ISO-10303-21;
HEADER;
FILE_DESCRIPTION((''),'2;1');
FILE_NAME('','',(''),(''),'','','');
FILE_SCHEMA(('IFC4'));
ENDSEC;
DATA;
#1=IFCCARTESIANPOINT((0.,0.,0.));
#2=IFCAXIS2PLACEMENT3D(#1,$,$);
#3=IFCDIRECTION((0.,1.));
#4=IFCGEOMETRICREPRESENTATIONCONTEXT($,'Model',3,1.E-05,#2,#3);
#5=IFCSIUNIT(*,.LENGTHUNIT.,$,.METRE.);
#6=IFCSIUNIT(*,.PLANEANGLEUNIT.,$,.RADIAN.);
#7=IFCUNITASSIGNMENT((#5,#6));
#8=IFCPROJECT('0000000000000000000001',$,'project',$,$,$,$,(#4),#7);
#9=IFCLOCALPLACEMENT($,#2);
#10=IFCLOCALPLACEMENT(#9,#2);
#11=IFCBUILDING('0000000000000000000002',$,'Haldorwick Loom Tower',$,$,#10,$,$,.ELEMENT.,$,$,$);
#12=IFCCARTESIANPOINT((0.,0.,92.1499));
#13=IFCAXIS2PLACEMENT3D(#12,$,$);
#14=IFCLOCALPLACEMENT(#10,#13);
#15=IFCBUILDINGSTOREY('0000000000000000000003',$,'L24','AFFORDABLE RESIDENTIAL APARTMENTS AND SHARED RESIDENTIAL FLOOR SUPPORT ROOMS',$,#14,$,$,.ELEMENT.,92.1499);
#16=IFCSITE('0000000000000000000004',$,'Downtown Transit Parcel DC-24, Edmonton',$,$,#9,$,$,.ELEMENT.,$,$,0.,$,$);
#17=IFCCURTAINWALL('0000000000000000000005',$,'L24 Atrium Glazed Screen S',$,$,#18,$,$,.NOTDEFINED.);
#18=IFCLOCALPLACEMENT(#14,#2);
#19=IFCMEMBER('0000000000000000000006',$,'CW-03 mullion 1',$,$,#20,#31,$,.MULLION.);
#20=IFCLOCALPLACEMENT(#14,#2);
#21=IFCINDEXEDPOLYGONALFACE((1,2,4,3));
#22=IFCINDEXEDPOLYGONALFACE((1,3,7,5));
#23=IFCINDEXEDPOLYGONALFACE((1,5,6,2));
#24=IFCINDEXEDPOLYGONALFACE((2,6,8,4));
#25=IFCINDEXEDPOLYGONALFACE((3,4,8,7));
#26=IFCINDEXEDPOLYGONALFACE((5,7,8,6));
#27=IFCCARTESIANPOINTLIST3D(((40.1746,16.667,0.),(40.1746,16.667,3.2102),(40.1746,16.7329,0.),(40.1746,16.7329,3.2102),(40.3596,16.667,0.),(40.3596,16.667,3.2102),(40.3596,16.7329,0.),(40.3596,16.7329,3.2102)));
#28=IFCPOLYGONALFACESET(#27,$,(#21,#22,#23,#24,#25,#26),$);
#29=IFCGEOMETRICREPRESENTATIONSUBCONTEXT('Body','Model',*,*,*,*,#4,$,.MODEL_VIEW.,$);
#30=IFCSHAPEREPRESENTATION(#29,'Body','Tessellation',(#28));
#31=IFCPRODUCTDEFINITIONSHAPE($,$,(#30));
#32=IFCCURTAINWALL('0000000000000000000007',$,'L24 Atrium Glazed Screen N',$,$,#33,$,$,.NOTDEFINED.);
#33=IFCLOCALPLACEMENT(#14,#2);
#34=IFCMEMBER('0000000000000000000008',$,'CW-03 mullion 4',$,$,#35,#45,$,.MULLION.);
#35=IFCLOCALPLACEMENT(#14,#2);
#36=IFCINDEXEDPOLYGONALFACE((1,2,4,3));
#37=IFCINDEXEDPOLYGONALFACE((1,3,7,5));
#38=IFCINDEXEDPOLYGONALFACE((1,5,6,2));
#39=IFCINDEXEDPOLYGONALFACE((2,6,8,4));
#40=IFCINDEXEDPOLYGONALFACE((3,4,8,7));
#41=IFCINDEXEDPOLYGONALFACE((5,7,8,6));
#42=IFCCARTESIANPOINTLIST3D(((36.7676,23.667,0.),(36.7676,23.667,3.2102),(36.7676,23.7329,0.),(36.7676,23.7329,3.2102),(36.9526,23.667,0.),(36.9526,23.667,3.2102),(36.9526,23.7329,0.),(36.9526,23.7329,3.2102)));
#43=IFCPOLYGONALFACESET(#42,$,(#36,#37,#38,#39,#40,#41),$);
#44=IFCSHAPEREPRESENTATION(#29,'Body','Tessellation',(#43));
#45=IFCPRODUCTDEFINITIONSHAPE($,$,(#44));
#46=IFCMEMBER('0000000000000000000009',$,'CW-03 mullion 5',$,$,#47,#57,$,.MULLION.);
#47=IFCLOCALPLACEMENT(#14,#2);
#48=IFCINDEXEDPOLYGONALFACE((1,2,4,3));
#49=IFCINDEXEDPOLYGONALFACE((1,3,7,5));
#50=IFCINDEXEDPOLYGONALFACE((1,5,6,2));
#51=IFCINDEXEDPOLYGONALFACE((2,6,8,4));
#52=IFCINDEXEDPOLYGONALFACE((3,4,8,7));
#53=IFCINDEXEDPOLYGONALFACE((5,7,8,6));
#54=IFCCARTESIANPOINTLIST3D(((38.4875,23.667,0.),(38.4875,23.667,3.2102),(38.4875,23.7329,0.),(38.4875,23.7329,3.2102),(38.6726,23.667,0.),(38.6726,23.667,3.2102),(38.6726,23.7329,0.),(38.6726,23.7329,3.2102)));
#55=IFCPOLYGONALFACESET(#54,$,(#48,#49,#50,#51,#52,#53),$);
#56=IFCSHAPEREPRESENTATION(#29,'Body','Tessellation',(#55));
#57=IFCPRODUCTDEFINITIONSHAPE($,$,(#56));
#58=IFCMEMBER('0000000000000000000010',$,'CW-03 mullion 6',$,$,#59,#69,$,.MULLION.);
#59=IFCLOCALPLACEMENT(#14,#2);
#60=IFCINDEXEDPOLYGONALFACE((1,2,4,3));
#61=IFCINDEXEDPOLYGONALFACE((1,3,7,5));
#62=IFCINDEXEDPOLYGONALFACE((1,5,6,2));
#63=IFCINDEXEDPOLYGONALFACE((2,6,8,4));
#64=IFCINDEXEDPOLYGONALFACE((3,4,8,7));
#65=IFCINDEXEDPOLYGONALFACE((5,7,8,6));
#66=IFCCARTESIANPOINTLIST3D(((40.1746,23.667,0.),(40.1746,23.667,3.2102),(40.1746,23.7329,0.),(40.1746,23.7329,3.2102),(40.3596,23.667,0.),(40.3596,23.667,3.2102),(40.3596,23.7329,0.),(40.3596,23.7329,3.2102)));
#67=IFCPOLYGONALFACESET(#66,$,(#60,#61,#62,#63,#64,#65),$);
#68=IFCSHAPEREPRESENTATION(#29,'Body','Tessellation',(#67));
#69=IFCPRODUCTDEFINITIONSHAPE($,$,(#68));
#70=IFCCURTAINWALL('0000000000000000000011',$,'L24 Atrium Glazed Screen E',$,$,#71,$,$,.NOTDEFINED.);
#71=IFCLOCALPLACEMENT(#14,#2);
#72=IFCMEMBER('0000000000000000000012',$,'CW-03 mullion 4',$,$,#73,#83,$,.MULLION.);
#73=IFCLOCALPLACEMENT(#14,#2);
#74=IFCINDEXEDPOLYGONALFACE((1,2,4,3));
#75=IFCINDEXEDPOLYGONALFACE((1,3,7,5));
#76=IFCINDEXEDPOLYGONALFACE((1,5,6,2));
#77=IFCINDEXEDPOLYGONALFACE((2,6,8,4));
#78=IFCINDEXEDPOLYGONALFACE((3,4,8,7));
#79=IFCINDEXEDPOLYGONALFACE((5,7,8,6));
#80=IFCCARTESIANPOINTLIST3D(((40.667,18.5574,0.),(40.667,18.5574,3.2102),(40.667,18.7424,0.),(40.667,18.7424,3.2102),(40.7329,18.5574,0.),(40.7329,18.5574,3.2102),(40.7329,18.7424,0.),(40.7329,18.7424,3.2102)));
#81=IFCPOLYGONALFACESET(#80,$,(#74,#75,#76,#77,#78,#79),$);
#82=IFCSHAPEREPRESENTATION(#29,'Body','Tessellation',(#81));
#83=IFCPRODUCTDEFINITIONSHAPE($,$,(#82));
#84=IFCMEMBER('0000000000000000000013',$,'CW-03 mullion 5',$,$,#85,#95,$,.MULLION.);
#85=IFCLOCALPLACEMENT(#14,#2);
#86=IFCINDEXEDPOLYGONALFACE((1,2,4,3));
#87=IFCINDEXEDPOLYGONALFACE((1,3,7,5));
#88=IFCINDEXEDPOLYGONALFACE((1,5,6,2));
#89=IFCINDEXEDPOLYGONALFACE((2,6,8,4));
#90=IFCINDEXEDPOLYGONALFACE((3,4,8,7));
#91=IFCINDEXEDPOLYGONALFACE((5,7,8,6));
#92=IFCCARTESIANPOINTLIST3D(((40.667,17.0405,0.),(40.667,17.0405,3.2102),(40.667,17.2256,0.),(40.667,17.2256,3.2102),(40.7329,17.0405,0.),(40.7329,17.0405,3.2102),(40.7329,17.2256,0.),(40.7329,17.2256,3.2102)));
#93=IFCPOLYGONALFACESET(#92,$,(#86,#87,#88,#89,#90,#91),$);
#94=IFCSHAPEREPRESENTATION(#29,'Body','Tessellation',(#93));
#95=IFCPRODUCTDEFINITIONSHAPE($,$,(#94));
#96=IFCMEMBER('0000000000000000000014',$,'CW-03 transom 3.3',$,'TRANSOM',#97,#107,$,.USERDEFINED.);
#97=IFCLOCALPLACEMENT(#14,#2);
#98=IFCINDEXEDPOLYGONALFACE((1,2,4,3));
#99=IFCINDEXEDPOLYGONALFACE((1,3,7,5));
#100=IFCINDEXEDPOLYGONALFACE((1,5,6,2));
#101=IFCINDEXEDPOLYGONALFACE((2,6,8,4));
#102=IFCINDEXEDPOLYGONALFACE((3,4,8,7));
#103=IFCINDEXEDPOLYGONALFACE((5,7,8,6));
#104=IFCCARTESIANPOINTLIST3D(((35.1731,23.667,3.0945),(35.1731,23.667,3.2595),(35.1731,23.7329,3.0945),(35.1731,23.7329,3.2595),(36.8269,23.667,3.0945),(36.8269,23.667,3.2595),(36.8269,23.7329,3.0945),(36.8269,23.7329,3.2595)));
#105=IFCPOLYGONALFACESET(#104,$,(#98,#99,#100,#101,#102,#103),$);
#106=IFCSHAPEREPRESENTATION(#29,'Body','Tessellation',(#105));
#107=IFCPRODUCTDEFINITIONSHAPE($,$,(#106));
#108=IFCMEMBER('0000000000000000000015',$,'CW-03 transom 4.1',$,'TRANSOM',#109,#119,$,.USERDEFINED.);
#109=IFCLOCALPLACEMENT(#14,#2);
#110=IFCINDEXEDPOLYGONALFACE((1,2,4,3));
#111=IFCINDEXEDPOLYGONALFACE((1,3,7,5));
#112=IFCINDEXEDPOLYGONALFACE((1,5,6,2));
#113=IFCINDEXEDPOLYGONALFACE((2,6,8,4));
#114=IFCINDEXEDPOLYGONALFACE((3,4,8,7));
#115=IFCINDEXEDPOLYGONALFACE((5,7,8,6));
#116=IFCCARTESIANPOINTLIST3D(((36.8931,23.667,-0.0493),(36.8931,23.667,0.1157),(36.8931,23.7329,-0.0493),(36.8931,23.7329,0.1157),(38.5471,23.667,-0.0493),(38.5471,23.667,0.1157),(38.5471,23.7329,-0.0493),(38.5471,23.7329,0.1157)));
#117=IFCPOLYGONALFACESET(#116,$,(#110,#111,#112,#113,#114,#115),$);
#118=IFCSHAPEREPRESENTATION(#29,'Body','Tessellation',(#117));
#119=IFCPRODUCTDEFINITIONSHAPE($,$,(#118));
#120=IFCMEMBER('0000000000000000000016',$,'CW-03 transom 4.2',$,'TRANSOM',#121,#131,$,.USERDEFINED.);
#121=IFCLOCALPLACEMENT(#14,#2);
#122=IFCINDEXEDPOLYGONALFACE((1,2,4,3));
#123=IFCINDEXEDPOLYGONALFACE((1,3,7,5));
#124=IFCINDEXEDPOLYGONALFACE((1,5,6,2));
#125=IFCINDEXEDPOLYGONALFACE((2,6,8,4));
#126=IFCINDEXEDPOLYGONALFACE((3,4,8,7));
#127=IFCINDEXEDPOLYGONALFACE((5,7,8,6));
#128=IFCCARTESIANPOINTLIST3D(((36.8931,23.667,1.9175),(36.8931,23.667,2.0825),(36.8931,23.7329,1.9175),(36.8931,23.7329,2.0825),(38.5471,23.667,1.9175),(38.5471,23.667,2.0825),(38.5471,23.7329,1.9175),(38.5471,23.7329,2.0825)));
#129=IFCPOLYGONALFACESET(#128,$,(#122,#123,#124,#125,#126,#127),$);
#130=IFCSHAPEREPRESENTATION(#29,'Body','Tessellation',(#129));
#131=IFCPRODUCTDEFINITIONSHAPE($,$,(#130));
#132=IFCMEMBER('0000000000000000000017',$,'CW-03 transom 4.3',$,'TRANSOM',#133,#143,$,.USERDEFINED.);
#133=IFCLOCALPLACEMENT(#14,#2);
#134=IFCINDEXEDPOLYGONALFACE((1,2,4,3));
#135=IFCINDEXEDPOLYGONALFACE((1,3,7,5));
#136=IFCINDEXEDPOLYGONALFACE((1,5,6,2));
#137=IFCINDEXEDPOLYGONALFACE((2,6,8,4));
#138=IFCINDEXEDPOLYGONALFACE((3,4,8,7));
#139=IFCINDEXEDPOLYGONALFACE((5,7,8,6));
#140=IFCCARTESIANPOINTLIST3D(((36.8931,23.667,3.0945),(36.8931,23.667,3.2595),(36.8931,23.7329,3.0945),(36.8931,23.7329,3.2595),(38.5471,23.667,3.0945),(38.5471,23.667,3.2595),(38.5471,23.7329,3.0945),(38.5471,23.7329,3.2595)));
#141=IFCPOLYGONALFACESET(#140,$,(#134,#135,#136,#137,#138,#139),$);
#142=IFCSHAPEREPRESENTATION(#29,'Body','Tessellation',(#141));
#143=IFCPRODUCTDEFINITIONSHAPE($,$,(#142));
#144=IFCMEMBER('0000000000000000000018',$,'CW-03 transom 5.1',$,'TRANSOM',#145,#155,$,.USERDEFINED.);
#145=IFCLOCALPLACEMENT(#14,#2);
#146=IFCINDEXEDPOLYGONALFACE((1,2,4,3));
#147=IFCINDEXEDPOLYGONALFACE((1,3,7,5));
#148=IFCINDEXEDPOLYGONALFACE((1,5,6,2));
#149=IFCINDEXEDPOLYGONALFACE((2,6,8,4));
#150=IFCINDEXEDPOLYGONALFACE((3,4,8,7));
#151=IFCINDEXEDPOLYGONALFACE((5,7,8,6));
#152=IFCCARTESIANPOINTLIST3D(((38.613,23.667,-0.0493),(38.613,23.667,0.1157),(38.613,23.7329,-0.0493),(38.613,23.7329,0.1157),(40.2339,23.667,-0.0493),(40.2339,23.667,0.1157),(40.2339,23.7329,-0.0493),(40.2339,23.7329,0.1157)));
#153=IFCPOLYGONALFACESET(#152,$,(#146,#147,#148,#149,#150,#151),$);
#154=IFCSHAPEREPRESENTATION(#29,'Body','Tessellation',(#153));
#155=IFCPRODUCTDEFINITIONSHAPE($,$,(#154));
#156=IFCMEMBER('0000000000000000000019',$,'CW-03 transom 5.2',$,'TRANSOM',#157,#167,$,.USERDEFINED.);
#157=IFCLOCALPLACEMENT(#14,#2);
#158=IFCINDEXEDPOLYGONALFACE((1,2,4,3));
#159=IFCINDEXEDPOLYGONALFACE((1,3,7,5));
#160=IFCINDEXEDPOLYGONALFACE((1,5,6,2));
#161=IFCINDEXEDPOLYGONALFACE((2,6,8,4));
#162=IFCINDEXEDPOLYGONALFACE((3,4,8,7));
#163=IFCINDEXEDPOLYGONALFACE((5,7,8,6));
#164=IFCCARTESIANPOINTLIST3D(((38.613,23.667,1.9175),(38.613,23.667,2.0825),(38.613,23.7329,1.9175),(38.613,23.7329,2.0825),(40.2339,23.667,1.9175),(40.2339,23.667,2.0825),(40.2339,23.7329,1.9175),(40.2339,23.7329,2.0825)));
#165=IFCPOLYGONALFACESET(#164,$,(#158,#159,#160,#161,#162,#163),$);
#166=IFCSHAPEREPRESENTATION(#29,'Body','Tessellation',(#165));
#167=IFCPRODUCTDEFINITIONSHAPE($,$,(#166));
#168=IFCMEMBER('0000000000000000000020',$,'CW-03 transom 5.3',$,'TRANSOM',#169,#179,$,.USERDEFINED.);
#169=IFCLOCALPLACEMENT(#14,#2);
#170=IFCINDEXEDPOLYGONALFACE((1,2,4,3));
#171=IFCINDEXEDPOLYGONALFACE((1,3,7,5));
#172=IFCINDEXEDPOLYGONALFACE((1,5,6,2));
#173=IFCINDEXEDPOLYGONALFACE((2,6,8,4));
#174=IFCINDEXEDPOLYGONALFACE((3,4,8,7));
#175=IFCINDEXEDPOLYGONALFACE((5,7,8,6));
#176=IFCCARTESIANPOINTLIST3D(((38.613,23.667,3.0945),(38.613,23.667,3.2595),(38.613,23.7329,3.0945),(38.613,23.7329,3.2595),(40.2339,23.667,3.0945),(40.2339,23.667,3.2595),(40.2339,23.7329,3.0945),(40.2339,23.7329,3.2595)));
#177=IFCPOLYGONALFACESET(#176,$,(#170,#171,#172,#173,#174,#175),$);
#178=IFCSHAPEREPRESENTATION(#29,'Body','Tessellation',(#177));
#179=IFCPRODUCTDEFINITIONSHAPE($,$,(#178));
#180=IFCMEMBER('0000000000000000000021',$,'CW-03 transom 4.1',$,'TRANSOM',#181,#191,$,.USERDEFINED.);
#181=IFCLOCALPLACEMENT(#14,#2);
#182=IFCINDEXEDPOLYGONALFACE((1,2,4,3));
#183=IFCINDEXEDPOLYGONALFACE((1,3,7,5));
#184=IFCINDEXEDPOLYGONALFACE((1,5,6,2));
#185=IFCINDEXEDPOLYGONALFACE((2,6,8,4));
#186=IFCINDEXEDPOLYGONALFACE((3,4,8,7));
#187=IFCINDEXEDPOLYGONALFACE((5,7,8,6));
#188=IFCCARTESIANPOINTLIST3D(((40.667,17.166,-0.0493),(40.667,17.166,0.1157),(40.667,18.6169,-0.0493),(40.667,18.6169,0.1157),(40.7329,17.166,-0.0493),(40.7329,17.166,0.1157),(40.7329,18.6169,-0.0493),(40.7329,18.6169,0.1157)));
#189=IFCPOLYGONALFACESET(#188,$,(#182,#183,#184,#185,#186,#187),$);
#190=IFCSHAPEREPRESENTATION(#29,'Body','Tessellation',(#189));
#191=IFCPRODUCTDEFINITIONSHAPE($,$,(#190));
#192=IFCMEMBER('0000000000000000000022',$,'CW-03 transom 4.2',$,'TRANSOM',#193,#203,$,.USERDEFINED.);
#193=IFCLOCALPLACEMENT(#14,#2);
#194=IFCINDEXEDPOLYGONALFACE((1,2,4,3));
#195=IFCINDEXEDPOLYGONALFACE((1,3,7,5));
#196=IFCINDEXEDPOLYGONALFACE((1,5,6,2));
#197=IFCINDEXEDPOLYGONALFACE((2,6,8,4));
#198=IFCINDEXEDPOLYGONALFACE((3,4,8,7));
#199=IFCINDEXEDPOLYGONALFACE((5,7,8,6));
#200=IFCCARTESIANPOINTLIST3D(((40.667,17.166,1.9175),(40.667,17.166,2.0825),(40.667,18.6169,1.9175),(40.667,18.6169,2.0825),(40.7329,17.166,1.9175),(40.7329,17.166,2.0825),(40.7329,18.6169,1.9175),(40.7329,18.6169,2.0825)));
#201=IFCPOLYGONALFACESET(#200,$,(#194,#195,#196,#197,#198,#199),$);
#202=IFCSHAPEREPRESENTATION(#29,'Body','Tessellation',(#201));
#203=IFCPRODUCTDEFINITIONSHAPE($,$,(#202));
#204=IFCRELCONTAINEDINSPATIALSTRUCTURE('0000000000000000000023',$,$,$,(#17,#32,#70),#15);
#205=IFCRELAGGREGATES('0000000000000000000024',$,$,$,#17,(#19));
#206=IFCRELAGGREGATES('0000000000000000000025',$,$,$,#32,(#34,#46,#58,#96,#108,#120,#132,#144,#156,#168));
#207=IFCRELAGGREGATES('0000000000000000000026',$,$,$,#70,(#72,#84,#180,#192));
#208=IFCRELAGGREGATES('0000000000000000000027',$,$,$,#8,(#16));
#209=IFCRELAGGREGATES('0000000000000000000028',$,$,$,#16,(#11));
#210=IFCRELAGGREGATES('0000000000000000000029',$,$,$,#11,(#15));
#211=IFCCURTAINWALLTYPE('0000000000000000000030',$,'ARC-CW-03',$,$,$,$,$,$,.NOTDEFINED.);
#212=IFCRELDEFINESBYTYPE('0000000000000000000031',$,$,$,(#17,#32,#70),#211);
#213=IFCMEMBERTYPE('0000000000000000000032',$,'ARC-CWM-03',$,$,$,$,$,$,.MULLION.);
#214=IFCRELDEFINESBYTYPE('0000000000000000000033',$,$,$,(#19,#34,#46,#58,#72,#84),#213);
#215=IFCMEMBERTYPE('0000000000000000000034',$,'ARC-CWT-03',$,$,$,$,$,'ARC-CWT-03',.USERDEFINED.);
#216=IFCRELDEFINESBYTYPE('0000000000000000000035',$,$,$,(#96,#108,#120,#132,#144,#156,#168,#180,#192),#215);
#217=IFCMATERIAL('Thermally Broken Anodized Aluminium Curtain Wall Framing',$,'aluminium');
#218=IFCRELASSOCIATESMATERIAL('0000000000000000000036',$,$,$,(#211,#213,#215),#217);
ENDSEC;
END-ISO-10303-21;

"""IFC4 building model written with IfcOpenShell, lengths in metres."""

from ifc_helpers import new_model, si_unit, direction, frame, origin, origin_2d, place, context, subcontext, project, spatial, rectangle, extrude, material, material_profile, profile_set, type_object, element, aggregate, save


model = new_model("IFC4")

# Units and contexts
model_context = context("Model", 3, precision=1e-05, world=origin(), true_north=direction((0.0, 1.0)))
body_context = subcontext(model_context, "Body", "Model", "MODEL_VIEW")
ifc_project = project(units=[si_unit("LENGTHUNIT", "METRE"), si_unit("PLANEANGLEUNIT", "RADIAN")], contexts=[model_context])

# Site, building, storey
site_placement = place(None, origin())
site = spatial("IfcSite", under=ifc_project, at=site_placement, Name="Downtown Transit Parcel DC-24, Edmonton", CompositionType="ELEMENT", RefElevation=0.0)
building_placement = place(site_placement, origin())
building = spatial("IfcBuilding", under=site, at=building_placement, Name="Haldorwick Loom Tower", CompositionType="ELEMENT")
storey_placement = place(building_placement, frame((0.0, 0.0, 92.1499)))
storey = spatial("IfcBuildingStorey", under=building, at=storey_placement, Name="L24", Description="AFFORDABLE RESIDENTIAL APARTMENTS AND SHARED RESIDENTIAL FLOOR SUPPORT ROOMS", CompositionType="ELEMENT", Elevation=92.1499)

# Curtain wall, member
ifc_material_1 = material(Name="Thermally Broken Anodized Aluminium Curtain Wall Framing", Category="aluminium")
curtain_wall_type = type_object("IfcCurtainWallType", Name="ARC-CW-03", PredefinedType="NOTDEFINED", material=ifc_material_1)
curtain_wall_1_placement = place(storey_placement, origin())
curtain_wall_1 = element("IfcCurtainWall", 1, at=curtain_wall_1_placement, inside=storey, type_object=curtain_wall_type, Name="L24 Atrium Glazed Screen S", PredefinedType="NOTDEFINED")
ifc_material_profile_1 = material_profile(ifc_material_1, rectangle(XDim=0.0659, YDim=0.1851, at=origin_2d()), Name="ALU_MUL_66X185", Category="aluminium")
ifc_profile_set_1 = profile_set([ifc_material_profile_1], Name="Thermally Broken Anodized Aluminium Curtain Wall Framing")
member_type_1 = type_object("IfcMemberType", Name="ARC-CWM-03", PredefinedType="MULLION", material=ifc_profile_set_1)
member_1_placement = place(storey_placement, frame((40.2671, 16.7, 0.0), z_axis=(0.0, 0.0, 1.0), x_axis=(0.0, -1.0, 0.0)))
member_1 = element("IfcMember", 2, at=member_1_placement, type_object=member_type_1, Name="CW-03 mullion 1", PredefinedType="MULLION", context=body_context, shape_type="SweptSolid", body=[
    extrude(rectangle(XDim=0.0659, YDim=0.1851, at=origin_2d()), origin(), (0.0, 0.0, 1.0), 3.2102),
])
aggregate(curtain_wall_1, [member_1])

# Curtain walls, members
curtain_wall_2_placement = place(storey_placement, origin())
curtain_wall_2 = element("IfcCurtainWall", 3, at=curtain_wall_2_placement, inside=storey, type_object=curtain_wall_type, Name="L24 Atrium Glazed Screen N", PredefinedType="NOTDEFINED")
member_2_placement = place(storey_placement, frame((36.8601, 23.7, 0.0), z_axis=(0.0, 0.0, 1.0), x_axis=(0.0, 1.0, 0.0)))
member_2 = element("IfcMember", 4, at=member_2_placement, type_object=member_type_1, Name="CW-03 mullion 4", PredefinedType="MULLION", context=body_context, shape_type="SweptSolid", body=[
    extrude(rectangle(XDim=0.0659, YDim=0.1851, at=origin_2d()), origin(), (0.0, 0.0, 1.0), 3.2102),
])
member_3_placement = place(storey_placement, frame((38.5801, 23.7, 0.0), z_axis=(0.0, 0.0, 1.0), x_axis=(0.0, 1.0, 0.0)))
member_3 = element("IfcMember", 5, at=member_3_placement, type_object=member_type_1, Name="CW-03 mullion 5", PredefinedType="MULLION", context=body_context, shape_type="SweptSolid", body=[
    extrude(rectangle(XDim=0.0659, YDim=0.1851, at=origin_2d()), origin(), (0.0, 0.0, 1.0), 3.2102),
])
member_4_placement = place(storey_placement, frame((40.2671, 23.7, 0.0), z_axis=(0.0, 0.0, 1.0), x_axis=(0.0, 1.0, 0.0)))
member_4 = element("IfcMember", 6, at=member_4_placement, type_object=member_type_1, Name="CW-03 mullion 6", PredefinedType="MULLION", context=body_context, shape_type="SweptSolid", body=[
    extrude(rectangle(XDim=0.0659, YDim=0.1851, at=origin_2d()), origin(), (0.0, 0.0, 1.0), 3.2102),
])
curtain_wall_3_placement = place(storey_placement, origin())
curtain_wall_3 = element("IfcCurtainWall", 7, at=curtain_wall_3_placement, inside=storey, type_object=curtain_wall_type, Name="L24 Atrium Glazed Screen E", PredefinedType="NOTDEFINED")
member_5_placement = place(storey_placement, frame((40.7, 18.6499, 0.0), z_axis=(0.0, 0.0, 1.0), x_axis=(1.0, 0.0, 0.0)))
member_5 = element("IfcMember", 8, at=member_5_placement, type_object=member_type_1, Name="CW-03 mullion 4", PredefinedType="MULLION", context=body_context, shape_type="SweptSolid", body=[
    extrude(rectangle(XDim=0.0659, YDim=0.1851, at=origin_2d()), origin(), (0.0, 0.0, 1.0), 3.2102),
])
member_6_placement = place(storey_placement, frame((40.7, 17.1331, 0.0), z_axis=(0.0, 0.0, 1.0), x_axis=(1.0, 0.0, 0.0)))
member_6 = element("IfcMember", 9, at=member_6_placement, type_object=member_type_1, Name="CW-03 mullion 5", PredefinedType="MULLION", context=body_context, shape_type="SweptSolid", body=[
    extrude(rectangle(XDim=0.0659, YDim=0.1851, at=origin_2d()), origin(), (0.0, 0.0, 1.0), 3.2102),
])

# Members
ifc_material_profile_2 = material_profile(ifc_material_1, rectangle(XDim=0.0659, YDim=0.165, at=origin_2d()), Name="ALU_TRN_66X165", Category="aluminium")
ifc_profile_set_2 = profile_set([ifc_material_profile_2], Name="Thermally Broken Anodized Aluminium Curtain Wall Framing")
member_type_2 = type_object("IfcMemberType", Name="ARC-CWT-03", ElementType="ARC-CWT-03", PredefinedType="USERDEFINED", material=ifc_profile_set_2)
member_7_placement = place(storey_placement, frame((35.1731, 23.7, 3.177), z_axis=(1.0, 0.0, 0.0), x_axis=(0.0, 1.0, 0.0)))
member_7 = element("IfcMember", 10, at=member_7_placement, type_object=member_type_2, Name="CW-03 transom 3.3", ObjectType="TRANSOM", PredefinedType="USERDEFINED", context=body_context, shape_type="SweptSolid", body=[
    extrude(rectangle(XDim=0.0659, YDim=0.165, at=origin_2d()), origin(), (0.0, 0.0, 1.0), 1.6538),
])
member_8_placement = place(storey_placement, frame((36.8931, 23.7, 0.0332), z_axis=(1.0, 0.0, 0.0), x_axis=(0.0, 1.0, 0.0)))
member_8 = element("IfcMember", 11, at=member_8_placement, type_object=member_type_2, Name="CW-03 transom 4.1", ObjectType="TRANSOM", PredefinedType="USERDEFINED", context=body_context, shape_type="SweptSolid", body=[
    extrude(rectangle(XDim=0.0659, YDim=0.165, at=origin_2d()), origin(), (0.0, 0.0, 1.0), 1.6541),
])
member_9_placement = place(storey_placement, frame((36.8931, 23.7, 2.0), z_axis=(1.0, 0.0, 0.0), x_axis=(0.0, 1.0, 0.0)))
member_9 = element("IfcMember", 12, at=member_9_placement, type_object=member_type_2, Name="CW-03 transom 4.2", ObjectType="TRANSOM", PredefinedType="USERDEFINED", context=body_context, shape_type="SweptSolid", body=[
    extrude(rectangle(XDim=0.0659, YDim=0.165, at=origin_2d()), origin(), (0.0, 0.0, 1.0), 1.6541),
])
member_10_placement = place(storey_placement, frame((36.8931, 23.7, 3.177), z_axis=(1.0, 0.0, 0.0), x_axis=(0.0, 1.0, 0.0)))
member_10 = element("IfcMember", 13, at=member_10_placement, type_object=member_type_2, Name="CW-03 transom 4.3", ObjectType="TRANSOM", PredefinedType="USERDEFINED", context=body_context, shape_type="SweptSolid", body=[
    extrude(rectangle(XDim=0.0659, YDim=0.165, at=origin_2d()), origin(), (0.0, 0.0, 1.0), 1.6541),
])
member_11_placement = place(storey_placement, frame((38.613, 23.7, 0.0332), z_axis=(1.0, 0.0, 0.0), x_axis=(0.0, 1.0, 0.0)))
member_11 = element("IfcMember", 14, at=member_11_placement, type_object=member_type_2, Name="CW-03 transom 5.1", ObjectType="TRANSOM", PredefinedType="USERDEFINED", context=body_context, shape_type="SweptSolid", body=[
    extrude(rectangle(XDim=0.0659, YDim=0.165, at=origin_2d()), origin(), (0.0, 0.0, 1.0), 1.6208),
])
member_12_placement = place(storey_placement, frame((38.613, 23.7, 2.0), z_axis=(1.0, 0.0, 0.0), x_axis=(0.0, 1.0, 0.0)))
member_12 = element("IfcMember", 15, at=member_12_placement, type_object=member_type_2, Name="CW-03 transom 5.2", ObjectType="TRANSOM", PredefinedType="USERDEFINED", context=body_context, shape_type="SweptSolid", body=[
    extrude(rectangle(XDim=0.0659, YDim=0.165, at=origin_2d()), origin(), (0.0, 0.0, 1.0), 1.6208),
])
member_13_placement = place(storey_placement, frame((38.613, 23.7, 3.177), z_axis=(1.0, 0.0, 0.0), x_axis=(0.0, 1.0, 0.0)))
member_13 = element("IfcMember", 16, at=member_13_placement, type_object=member_type_2, Name="CW-03 transom 5.3", ObjectType="TRANSOM", PredefinedType="USERDEFINED", context=body_context, shape_type="SweptSolid", body=[
    extrude(rectangle(XDim=0.0659, YDim=0.165, at=origin_2d()), origin(), (0.0, 0.0, 1.0), 1.6208),
])
member_14_placement = place(storey_placement, frame((40.7, 18.6169, 0.0332), z_axis=(0.0, -1.0, 0.0), x_axis=(1.0, 0.0, 0.0)))
member_14 = element("IfcMember", 17, at=member_14_placement, type_object=member_type_2, Name="CW-03 transom 4.1", ObjectType="TRANSOM", PredefinedType="USERDEFINED", context=body_context, shape_type="SweptSolid", body=[
    extrude(rectangle(XDim=0.0659, YDim=0.165, at=origin_2d()), origin(), (0.0, 0.0, 1.0), 1.4509),
])
member_15_placement = place(storey_placement, frame((40.7, 18.6169, 2.0), z_axis=(0.0, -1.0, 0.0), x_axis=(1.0, 0.0, 0.0)))
member_15 = element("IfcMember", 18, at=member_15_placement, type_object=member_type_2, Name="CW-03 transom 4.2", ObjectType="TRANSOM", PredefinedType="USERDEFINED", context=body_context, shape_type="SweptSolid", body=[
    extrude(rectangle(XDim=0.0659, YDim=0.165, at=origin_2d()), origin(), (0.0, 0.0, 1.0), 1.4509),
])

aggregate(curtain_wall_2, [member_2, member_3, member_4, member_7, member_8, member_9, member_10, member_11, member_12, member_13])
aggregate(curtain_wall_3, [member_5, member_6, member_14, member_15])

save(model, "model.ifc")
